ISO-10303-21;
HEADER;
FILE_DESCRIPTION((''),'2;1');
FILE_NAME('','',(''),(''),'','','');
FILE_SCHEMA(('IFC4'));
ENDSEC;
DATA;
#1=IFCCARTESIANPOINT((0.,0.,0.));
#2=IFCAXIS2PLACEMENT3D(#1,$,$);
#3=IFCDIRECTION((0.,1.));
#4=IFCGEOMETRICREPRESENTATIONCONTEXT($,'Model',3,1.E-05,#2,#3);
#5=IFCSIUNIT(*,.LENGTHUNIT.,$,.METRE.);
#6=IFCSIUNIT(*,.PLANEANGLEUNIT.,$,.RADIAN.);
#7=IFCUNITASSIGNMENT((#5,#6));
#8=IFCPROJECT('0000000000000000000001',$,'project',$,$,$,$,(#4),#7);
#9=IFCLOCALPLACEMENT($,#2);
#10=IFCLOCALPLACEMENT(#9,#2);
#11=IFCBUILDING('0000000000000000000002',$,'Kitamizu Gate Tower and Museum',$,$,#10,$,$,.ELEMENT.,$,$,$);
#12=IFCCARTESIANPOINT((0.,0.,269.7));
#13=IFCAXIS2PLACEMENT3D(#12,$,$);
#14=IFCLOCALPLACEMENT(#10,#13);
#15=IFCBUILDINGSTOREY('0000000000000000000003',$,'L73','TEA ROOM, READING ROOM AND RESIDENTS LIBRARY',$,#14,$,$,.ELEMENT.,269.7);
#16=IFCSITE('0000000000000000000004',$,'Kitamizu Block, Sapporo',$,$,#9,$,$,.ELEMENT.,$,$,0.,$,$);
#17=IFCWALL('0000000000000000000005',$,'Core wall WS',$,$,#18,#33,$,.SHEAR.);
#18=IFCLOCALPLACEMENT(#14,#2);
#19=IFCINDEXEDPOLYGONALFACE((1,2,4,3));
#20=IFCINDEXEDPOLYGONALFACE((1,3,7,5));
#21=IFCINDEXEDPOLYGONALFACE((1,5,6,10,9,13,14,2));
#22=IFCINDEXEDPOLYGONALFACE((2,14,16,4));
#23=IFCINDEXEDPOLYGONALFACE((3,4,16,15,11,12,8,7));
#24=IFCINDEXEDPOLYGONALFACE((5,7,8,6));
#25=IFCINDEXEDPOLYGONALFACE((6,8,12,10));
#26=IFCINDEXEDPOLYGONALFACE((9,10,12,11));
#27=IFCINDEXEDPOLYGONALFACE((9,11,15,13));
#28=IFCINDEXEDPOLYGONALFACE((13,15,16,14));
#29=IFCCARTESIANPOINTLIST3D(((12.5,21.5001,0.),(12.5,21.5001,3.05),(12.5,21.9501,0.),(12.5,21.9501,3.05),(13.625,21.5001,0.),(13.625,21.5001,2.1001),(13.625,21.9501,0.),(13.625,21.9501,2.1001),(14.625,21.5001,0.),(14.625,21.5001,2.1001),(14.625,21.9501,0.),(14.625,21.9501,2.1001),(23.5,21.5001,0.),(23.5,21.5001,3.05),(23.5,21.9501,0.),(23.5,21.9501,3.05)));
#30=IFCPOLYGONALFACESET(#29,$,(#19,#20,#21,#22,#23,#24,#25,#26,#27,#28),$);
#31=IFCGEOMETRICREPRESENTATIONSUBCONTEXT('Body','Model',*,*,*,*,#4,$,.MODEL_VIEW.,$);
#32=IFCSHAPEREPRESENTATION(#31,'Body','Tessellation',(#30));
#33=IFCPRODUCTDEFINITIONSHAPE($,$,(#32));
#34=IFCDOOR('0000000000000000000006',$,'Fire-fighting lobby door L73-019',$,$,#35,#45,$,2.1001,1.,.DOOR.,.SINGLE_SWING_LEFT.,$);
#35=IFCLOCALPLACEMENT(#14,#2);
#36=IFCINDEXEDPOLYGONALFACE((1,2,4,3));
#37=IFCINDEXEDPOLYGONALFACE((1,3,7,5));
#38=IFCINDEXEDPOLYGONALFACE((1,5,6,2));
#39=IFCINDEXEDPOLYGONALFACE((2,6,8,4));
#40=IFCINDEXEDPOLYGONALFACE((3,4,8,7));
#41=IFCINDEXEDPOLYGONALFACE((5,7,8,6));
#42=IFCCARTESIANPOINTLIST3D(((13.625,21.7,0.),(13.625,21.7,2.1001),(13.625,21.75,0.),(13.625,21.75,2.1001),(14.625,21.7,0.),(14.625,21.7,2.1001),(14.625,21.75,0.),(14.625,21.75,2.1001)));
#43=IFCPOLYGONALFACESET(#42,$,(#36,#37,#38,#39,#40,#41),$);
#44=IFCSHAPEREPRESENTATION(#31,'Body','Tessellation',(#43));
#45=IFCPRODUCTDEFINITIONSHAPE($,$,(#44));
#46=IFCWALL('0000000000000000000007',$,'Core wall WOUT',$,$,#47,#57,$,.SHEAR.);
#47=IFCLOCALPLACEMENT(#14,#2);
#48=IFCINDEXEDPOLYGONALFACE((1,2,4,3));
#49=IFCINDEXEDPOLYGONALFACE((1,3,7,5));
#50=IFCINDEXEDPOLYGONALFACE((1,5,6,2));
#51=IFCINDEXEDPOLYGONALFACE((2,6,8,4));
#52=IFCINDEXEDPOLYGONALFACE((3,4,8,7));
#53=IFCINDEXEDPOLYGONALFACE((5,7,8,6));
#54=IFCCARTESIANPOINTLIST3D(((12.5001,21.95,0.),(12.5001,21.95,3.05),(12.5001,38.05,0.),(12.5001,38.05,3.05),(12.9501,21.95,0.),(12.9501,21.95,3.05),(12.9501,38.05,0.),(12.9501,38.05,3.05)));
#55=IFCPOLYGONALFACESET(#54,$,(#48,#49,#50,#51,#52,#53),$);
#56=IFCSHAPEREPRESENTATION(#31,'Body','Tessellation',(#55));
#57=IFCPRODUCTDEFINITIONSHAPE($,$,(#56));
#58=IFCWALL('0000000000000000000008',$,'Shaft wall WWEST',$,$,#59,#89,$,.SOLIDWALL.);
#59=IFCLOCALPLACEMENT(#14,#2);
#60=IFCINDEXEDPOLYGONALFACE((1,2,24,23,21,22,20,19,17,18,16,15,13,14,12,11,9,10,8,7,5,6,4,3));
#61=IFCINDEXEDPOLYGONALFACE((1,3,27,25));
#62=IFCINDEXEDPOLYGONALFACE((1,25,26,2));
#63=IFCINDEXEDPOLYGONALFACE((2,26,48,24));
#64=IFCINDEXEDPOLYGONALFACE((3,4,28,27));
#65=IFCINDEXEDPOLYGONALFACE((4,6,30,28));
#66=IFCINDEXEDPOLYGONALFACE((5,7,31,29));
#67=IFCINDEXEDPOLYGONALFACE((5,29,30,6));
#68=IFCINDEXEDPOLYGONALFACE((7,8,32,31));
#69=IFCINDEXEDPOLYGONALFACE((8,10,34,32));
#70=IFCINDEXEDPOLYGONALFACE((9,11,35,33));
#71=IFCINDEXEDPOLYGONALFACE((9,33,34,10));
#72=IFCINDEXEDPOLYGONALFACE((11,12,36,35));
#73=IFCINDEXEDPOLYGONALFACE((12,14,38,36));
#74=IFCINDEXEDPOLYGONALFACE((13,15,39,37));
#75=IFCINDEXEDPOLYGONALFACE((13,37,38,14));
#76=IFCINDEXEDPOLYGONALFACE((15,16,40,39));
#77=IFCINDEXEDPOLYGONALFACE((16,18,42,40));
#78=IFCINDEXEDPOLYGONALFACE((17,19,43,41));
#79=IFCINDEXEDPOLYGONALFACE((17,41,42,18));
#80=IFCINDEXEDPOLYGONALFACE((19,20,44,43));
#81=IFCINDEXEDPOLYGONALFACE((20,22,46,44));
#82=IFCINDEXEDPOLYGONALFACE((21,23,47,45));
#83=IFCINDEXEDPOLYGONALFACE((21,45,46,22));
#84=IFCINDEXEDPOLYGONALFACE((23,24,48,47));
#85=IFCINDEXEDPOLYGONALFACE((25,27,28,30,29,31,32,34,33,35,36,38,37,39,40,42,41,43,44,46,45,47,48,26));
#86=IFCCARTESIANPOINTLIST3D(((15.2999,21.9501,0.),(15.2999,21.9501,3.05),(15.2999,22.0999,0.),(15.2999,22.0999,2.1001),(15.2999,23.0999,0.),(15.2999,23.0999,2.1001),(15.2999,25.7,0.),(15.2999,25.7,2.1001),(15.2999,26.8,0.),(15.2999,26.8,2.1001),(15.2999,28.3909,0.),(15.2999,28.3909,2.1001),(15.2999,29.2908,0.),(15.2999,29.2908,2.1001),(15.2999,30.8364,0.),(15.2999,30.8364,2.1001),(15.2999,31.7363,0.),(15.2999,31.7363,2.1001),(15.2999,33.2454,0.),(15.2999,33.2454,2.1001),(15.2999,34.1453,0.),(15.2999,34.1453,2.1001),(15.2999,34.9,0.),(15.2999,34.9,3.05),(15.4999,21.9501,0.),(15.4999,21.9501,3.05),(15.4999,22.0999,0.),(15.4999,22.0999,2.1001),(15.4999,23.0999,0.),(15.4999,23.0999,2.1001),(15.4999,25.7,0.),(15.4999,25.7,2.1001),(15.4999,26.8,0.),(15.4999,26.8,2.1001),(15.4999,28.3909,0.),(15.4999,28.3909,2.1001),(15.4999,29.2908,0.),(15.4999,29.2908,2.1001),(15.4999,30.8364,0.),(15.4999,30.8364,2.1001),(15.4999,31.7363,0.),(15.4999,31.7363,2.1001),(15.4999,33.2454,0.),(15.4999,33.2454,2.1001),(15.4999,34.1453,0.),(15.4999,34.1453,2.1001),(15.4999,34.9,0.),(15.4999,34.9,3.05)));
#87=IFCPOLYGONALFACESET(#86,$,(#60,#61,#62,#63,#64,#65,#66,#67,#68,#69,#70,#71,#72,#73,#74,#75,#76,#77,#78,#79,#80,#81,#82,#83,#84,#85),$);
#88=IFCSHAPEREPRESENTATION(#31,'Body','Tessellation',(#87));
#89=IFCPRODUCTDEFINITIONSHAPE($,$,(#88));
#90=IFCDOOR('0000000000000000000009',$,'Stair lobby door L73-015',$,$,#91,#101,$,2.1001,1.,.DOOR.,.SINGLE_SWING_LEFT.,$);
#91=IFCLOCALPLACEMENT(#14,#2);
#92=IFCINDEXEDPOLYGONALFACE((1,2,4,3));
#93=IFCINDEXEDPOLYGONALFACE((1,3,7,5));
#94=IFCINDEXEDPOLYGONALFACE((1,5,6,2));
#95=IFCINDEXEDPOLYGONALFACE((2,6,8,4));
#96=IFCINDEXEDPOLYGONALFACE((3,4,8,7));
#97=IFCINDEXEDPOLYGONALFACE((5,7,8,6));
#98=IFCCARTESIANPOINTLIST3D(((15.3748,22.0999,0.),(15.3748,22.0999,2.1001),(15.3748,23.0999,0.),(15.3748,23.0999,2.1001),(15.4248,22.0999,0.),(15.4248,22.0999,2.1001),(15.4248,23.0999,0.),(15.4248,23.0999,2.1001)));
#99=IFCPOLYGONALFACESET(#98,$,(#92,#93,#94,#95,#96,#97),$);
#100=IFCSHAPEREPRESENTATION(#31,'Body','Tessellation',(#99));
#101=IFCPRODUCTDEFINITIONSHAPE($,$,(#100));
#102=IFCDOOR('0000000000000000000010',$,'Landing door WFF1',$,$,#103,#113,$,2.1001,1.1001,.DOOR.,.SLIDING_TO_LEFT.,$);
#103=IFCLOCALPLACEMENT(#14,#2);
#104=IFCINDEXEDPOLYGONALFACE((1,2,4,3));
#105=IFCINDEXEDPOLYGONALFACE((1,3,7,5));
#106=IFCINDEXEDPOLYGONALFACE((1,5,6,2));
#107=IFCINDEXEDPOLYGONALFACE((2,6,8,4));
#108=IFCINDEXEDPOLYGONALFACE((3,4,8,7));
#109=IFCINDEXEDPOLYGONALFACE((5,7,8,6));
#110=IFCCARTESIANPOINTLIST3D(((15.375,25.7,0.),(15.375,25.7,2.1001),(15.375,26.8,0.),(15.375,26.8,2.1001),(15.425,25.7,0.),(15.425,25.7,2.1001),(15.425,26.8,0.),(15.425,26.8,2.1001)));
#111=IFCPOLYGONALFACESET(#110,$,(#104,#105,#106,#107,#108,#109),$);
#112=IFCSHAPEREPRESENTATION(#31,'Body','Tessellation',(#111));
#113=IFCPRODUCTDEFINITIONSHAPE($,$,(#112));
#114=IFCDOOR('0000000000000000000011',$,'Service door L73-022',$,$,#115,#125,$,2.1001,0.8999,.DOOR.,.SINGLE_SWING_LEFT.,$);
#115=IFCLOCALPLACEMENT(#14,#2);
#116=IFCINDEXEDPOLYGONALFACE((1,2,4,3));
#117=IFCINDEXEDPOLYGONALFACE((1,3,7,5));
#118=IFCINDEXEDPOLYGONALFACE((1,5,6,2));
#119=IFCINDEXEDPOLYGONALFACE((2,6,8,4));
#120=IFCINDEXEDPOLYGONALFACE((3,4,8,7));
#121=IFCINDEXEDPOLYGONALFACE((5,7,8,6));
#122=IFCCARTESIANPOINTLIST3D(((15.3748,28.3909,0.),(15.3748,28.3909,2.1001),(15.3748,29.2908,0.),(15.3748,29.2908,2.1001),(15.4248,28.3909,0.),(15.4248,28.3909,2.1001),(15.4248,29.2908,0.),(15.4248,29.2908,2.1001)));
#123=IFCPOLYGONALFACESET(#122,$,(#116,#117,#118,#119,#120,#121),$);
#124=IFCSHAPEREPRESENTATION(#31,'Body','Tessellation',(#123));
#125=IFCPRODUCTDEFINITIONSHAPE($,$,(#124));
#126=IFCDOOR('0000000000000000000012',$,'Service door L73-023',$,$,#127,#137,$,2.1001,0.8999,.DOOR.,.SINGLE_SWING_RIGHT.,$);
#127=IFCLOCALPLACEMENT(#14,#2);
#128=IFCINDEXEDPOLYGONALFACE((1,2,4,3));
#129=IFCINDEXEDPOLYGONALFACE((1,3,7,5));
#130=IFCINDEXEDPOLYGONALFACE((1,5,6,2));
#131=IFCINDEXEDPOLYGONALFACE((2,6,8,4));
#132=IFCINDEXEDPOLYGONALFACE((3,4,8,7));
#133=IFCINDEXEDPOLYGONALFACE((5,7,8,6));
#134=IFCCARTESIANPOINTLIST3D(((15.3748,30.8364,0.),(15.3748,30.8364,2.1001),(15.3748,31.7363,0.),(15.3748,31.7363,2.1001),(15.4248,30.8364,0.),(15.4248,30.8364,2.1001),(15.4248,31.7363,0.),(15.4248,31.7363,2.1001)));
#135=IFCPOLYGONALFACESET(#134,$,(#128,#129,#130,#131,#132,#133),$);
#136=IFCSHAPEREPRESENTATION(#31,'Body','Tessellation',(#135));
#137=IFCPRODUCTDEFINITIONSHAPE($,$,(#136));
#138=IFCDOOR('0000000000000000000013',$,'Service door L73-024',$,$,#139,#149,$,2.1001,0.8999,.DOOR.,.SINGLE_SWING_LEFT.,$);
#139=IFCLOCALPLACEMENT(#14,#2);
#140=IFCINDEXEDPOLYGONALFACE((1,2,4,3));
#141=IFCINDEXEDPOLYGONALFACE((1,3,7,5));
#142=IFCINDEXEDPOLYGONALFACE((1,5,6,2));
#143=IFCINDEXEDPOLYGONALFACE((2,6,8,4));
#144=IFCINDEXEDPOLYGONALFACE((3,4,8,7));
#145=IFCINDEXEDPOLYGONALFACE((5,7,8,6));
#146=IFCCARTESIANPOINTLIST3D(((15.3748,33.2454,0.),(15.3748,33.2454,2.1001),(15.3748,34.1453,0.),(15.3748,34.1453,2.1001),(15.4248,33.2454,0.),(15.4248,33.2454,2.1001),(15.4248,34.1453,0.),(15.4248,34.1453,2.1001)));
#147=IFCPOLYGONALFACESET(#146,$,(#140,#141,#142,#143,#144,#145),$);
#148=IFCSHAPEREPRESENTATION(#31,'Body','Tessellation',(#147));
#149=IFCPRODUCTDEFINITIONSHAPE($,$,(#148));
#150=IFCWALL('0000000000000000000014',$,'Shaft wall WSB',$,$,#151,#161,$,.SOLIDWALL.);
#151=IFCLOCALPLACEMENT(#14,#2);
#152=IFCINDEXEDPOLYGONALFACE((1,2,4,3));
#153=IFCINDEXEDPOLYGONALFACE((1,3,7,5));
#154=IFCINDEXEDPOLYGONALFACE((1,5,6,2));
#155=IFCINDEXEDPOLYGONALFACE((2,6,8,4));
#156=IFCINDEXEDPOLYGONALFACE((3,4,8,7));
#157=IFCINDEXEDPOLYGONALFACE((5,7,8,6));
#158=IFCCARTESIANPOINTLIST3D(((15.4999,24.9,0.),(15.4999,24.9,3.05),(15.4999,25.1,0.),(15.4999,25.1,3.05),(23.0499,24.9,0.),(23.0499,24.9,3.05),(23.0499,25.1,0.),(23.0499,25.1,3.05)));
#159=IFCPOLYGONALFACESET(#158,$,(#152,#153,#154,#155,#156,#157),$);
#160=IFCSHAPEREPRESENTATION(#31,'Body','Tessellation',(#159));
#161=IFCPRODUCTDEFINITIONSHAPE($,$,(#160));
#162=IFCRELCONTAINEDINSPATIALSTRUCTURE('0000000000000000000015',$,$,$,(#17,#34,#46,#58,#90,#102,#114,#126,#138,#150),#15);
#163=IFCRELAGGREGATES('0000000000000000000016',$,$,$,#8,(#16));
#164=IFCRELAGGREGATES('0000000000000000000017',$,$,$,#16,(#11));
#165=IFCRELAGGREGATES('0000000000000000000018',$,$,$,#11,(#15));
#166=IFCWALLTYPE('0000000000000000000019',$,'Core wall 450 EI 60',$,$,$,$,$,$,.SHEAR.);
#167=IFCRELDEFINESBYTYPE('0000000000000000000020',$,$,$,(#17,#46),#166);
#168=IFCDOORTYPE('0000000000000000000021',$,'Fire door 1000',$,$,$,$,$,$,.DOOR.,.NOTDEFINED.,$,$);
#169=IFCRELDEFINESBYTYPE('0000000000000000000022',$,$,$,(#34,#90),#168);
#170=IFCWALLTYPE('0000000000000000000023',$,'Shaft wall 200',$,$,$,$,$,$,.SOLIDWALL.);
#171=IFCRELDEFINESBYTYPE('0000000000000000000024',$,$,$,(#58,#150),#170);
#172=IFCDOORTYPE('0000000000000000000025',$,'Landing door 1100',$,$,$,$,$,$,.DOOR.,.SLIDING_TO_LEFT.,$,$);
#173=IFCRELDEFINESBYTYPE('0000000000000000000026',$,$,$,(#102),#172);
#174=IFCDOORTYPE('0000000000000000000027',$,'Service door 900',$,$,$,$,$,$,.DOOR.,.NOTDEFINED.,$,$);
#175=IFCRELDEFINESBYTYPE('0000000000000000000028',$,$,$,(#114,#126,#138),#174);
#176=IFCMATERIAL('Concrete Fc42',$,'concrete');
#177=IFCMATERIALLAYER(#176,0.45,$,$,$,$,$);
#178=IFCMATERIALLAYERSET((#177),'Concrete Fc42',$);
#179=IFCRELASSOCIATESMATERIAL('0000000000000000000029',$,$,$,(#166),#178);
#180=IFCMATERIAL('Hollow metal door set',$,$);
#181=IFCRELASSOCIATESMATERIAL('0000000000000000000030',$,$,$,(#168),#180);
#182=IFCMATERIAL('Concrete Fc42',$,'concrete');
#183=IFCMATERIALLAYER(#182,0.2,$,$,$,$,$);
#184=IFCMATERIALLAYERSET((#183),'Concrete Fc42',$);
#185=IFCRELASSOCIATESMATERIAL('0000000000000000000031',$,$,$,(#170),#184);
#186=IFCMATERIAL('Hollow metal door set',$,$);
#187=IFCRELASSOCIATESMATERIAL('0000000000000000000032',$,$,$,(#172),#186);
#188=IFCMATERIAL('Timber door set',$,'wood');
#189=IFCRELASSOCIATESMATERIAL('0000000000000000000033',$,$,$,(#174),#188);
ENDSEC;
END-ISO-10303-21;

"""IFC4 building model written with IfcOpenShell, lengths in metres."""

from ifc_helpers import new_model, si_unit, direction, frame, frame_2d, origin, place, context, subcontext, project, spatial, rectangle, extrude, material, layer, layer_set, type_object, element, fill, save


model = new_model("IFC4")

# Units and contexts
model_context = context("Model", 3, precision=1e-05, world=origin(), true_north=direction((0.0, 1.0)))
body_context = subcontext(model_context, "Body", "Model", "MODEL_VIEW")
ifc_project = project(units=[si_unit("LENGTHUNIT", "METRE"), si_unit("PLANEANGLEUNIT", "RADIAN")], contexts=[model_context])

# Site, building, storey
site_placement = place(None, origin())
site = spatial("IfcSite", under=ifc_project, at=site_placement, Name="Kitamizu Block, Sapporo", CompositionType="ELEMENT", RefElevation=0.0)
building_placement = place(site_placement, origin())
building = spatial("IfcBuilding", under=site, at=building_placement, Name="Kitamizu Gate Tower and Museum", CompositionType="ELEMENT")
storey_placement = place(building_placement, frame((0.0, 0.0, 269.7)))
storey = spatial("IfcBuildingStorey", under=building, at=storey_placement, Name="L73", Description="TEA ROOM, READING ROOM AND RESIDENTS LIBRARY", CompositionType="ELEMENT", Elevation=269.7)

# Wall, opening, door
ifc_material_1 = material(Name="Concrete Fc42", Category="concrete")
ifc_layer_1 = layer(ifc_material_1, 0.45)
ifc_layer_set_1 = layer_set([ifc_layer_1], Name="Concrete Fc42")
wall_type_1 = type_object("IfcWallType", Name="Core wall 450 EI 60", PredefinedType="SHEAR", material=ifc_layer_set_1)
wall_1_placement = place(storey_placement, frame((12.5, 21.7251, 0.0), z_axis=(0.0, 0.0, 1.0), x_axis=(1.0, 0.0, 0.0)))
wall_1 = element("IfcWall", 1, at=wall_1_placement, inside=storey, type_object=wall_type_1, Name="Core wall WS", PredefinedType="SHEAR", context=body_context, shape_type="SweptSolid", body=[
    extrude(rectangle(XDim=11.0, YDim=0.45, at=frame_2d((5.5, 0.0))), origin(), (0.0, 0.0, 1.0), 3.05),
])
opening_1_placement = place(wall_1_placement, frame((1.125, 0.0, 0.0)))
opening_1 = element("IfcOpeningElement", 2, at=opening_1_placement, cuts=wall_1, PredefinedType="OPENING", context=body_context, shape_type="SweptSolid", body=[
    extrude(rectangle(XDim=1.0, YDim=2.1001, at=frame_2d((0.5, 1.05))), frame((0.0, 0.2349, 0.0), z_axis=(0.0, -1.0, 0.0), x_axis=(1.0, 0.0, 0.0)), (0.0, 0.0, 1.0), 0.47),
])
ifc_material_2 = material(Name="Hollow metal door set")
door_type_1 = type_object("IfcDoorType", Name="Fire door 1000", OperationType="NOTDEFINED", PredefinedType="DOOR", material=ifc_material_2)
door_1_placement = place(opening_1_placement, origin())
door_1 = element("IfcDoor", 3, at=door_1_placement, inside=storey, type_object=door_type_1, Name="Fire-fighting lobby door L73-019", OperationType="SINGLE_SWING_LEFT", OverallHeight=2.1001, OverallWidth=1.0, PredefinedType="DOOR", context=body_context, shape_type="SweptSolid", body=[
    extrude(rectangle(XDim=1.0, YDim=2.1001, at=frame_2d((0.5, 1.05))), frame((0.0, 0.0249, 0.0), z_axis=(0.0, -1.0, 0.0), x_axis=(1.0, 0.0, 0.0)), (0.0, 0.0, 1.0), 0.05),
])
fill(opening_1, door_1)

# Wall
wall_2_placement = place(storey_placement, frame((12.7251, 21.95, 0.0), z_axis=(0.0, 0.0, 1.0), x_axis=(0.0, 1.0, 0.0)))
element("IfcWall", 4, at=wall_2_placement, inside=storey, type_object=wall_type_1, Name="Core wall WOUT", PredefinedType="SHEAR", context=body_context, shape_type="SweptSolid", body=[
    extrude(rectangle(XDim=16.1001, YDim=0.45, at=frame_2d((8.05, 0.0))), origin(), (0.0, 0.0, 1.0), 3.05),
])

# Wall, openings, doors
ifc_material_3 = material(Name="Concrete Fc42", Category="concrete")
ifc_layer_2 = layer(ifc_material_3, 0.2)
ifc_layer_set_2 = layer_set([ifc_layer_2], Name="Concrete Fc42")
wall_type_2 = type_object("IfcWallType", Name="Shaft wall 200", PredefinedType="SOLIDWALL", material=ifc_layer_set_2)
wall_3_placement = place(storey_placement, frame((15.3999, 21.95, 0.0), z_axis=(0.0, 0.0, 1.0), x_axis=(0.0, 1.0, 0.0)))
wall_3 = element("IfcWall", 5, at=wall_3_placement, inside=storey, type_object=wall_type_2, Name="Shaft wall WWEST", PredefinedType="SOLIDWALL", context=body_context, shape_type="SweptSolid", body=[
    extrude(rectangle(XDim=12.95, YDim=0.2, at=frame_2d((6.4751, 0.0))), origin(), (0.0, 0.0, 1.0), 3.05),
])
opening_2_placement = place(wall_3_placement, frame((3.75, 0.0, 0.0)))
opening_2 = element("IfcOpeningElement", 6, at=opening_2_placement, cuts=wall_3, PredefinedType="OPENING", context=body_context, shape_type="SweptSolid", body=[
    extrude(rectangle(XDim=1.1001, YDim=2.1001, at=frame_2d((0.55, 1.05))), frame((0.0, 0.1099, 0.0), z_axis=(0.0, -1.0, 0.0), x_axis=(1.0, 0.0, 0.0)), (0.0, 0.0, 1.0), 0.22),
])
opening_3_placement = place(wall_3_placement, frame((0.1499, 0.0, 0.0)))
opening_3 = element("IfcOpeningElement", 7, at=opening_3_placement, cuts=wall_3, PredefinedType="OPENING", context=body_context, shape_type="SweptSolid", body=[
    extrude(rectangle(XDim=1.0, YDim=2.1001, at=frame_2d((0.5, 1.05))), frame((0.0, 0.1099, 0.0), z_axis=(0.0, -1.0, 0.0), x_axis=(1.0, 0.0, 0.0)), (0.0, 0.0, 1.0), 0.22),
])
opening_4_placement = place(wall_3_placement, frame((6.4409, 0.0, 0.0)))
opening_4 = element("IfcOpeningElement", 8, at=opening_4_placement, cuts=wall_3, PredefinedType="OPENING", context=body_context, shape_type="SweptSolid", body=[
    extrude(rectangle(XDim=0.8999, YDim=2.1001, at=frame_2d((0.45, 1.05))), frame((0.0, 0.1099, 0.0), z_axis=(0.0, -1.0, 0.0), x_axis=(1.0, 0.0, 0.0)), (0.0, 0.0, 1.0), 0.22),
])
opening_5_placement = place(wall_3_placement, frame((8.8865, 0.0, 0.0)))
opening_5 = element("IfcOpeningElement", 9, at=opening_5_placement, cuts=wall_3, PredefinedType="OPENING", context=body_context, shape_type="SweptSolid", body=[
    extrude(rectangle(XDim=0.8999, YDim=2.1001, at=frame_2d((0.45, 1.05))), frame((0.0, 0.1099, 0.0), z_axis=(0.0, -1.0, 0.0), x_axis=(1.0, 0.0, 0.0)), (0.0, 0.0, 1.0), 0.22),
])
opening_6_placement = place(wall_3_placement, frame((11.2954, 0.0, 0.0)))
opening_6 = element("IfcOpeningElement", 10, at=opening_6_placement, cuts=wall_3, PredefinedType="OPENING", context=body_context, shape_type="SweptSolid", body=[
    extrude(rectangle(XDim=0.8999, YDim=2.1001, at=frame_2d((0.45, 1.05))), frame((0.0, 0.1099, 0.0), z_axis=(0.0, -1.0, 0.0), x_axis=(1.0, 0.0, 0.0)), (0.0, 0.0, 1.0), 0.22),
])
door_2_placement = place(opening_3_placement, frame((1.0, 0.0, 0.0), x_axis=(-1.0, 0.0, 0.0)))
door_2 = element("IfcDoor", 11, at=door_2_placement, inside=storey, type_object=door_type_1, Name="Stair lobby door L73-015", OperationType="SINGLE_SWING_LEFT", OverallHeight=2.1001, OverallWidth=1.0, PredefinedType="DOOR", context=body_context, shape_type="SweptSolid", body=[
    extrude(rectangle(XDim=1.0, YDim=2.1001, at=frame_2d((0.5, 1.05))), frame((0.0, 0.0249, 0.0), z_axis=(0.0, -1.0, 0.0), x_axis=(1.0, 0.0, 0.0)), (0.0, 0.0, 1.0), 0.05),
])
fill(opening_3, door_2)
ifc_material_4 = material(Name="Hollow metal door set")
door_type_2 = type_object("IfcDoorType", Name="Landing door 1100", OperationType="SLIDING_TO_LEFT", PredefinedType="DOOR", material=ifc_material_4)
door_3_placement = place(opening_2_placement, origin())
door_3 = element("IfcDoor", 12, at=door_3_placement, inside=storey, type_object=door_type_2, Name="Landing door WFF1", OperationType="SLIDING_TO_LEFT", OverallHeight=2.1001, OverallWidth=1.1001, PredefinedType="DOOR", context=body_context, shape_type="SweptSolid", body=[
    extrude(rectangle(XDim=1.1001, YDim=2.1001, at=frame_2d((0.55, 1.05))), frame((0.0, 0.0249, 0.0), z_axis=(0.0, -1.0, 0.0), x_axis=(1.0, 0.0, 0.0)), (0.0, 0.0, 1.0), 0.05),
])
fill(opening_2, door_3)
ifc_material_5 = material(Name="Timber door set", Category="wood")
door_type_3 = type_object("IfcDoorType", Name="Service door 900", OperationType="NOTDEFINED", PredefinedType="DOOR", material=ifc_material_5)
door_4_placement = place(opening_4_placement, frame((0.8999, 0.0, 0.0), x_axis=(-1.0, 0.0, 0.0)))
door_4 = element("IfcDoor", 13, at=door_4_placement, inside=storey, type_object=door_type_3, Name="Service door L73-022", OperationType="SINGLE_SWING_LEFT", OverallHeight=2.1001, OverallWidth=0.8999, PredefinedType="DOOR", context=body_context, shape_type="SweptSolid", body=[
    extrude(rectangle(XDim=0.8999, YDim=2.1001, at=frame_2d((0.45, 1.05))), frame((0.0, 0.0249, 0.0), z_axis=(0.0, -1.0, 0.0), x_axis=(1.0, 0.0, 0.0)), (0.0, 0.0, 1.0), 0.05),
])
fill(opening_4, door_4)
door_5_placement = place(opening_5_placement, frame((0.8999, 0.0, 0.0), x_axis=(-1.0, 0.0, 0.0)))
door_5 = element("IfcDoor", 14, at=door_5_placement, inside=storey, type_object=door_type_3, Name="Service door L73-023", OperationType="SINGLE_SWING_RIGHT", OverallHeight=2.1001, OverallWidth=0.8999, PredefinedType="DOOR", context=body_context, shape_type="SweptSolid", body=[
    extrude(rectangle(XDim=0.8999, YDim=2.1001, at=frame_2d((0.45, 1.05))), frame((0.0, 0.0249, 0.0), z_axis=(0.0, -1.0, 0.0), x_axis=(1.0, 0.0, 0.0)), (0.0, 0.0, 1.0), 0.05),
])
fill(opening_5, door_5)
door_6_placement = place(opening_6_placement, frame((0.8999, 0.0, 0.0), x_axis=(-1.0, 0.0, 0.0)))
door_6 = element("IfcDoor", 15, at=door_6_placement, inside=storey, type_object=door_type_3, Name="Service door L73-024", OperationType="SINGLE_SWING_LEFT", OverallHeight=2.1001, OverallWidth=0.8999, PredefinedType="DOOR", context=body_context, shape_type="SweptSolid", body=[
    extrude(rectangle(XDim=0.8999, YDim=2.1001, at=frame_2d((0.45, 1.05))), frame((0.0, 0.0249, 0.0), z_axis=(0.0, -1.0, 0.0), x_axis=(1.0, 0.0, 0.0)), (0.0, 0.0, 1.0), 0.05),
])
fill(opening_6, door_6)

# Wall
wall_4_placement = place(storey_placement, frame((15.5, 25.0, 0.0), z_axis=(0.0, 0.0, 1.0), x_axis=(1.0, 0.0, 0.0)))
element("IfcWall", 16, at=wall_4_placement, inside=storey, type_object=wall_type_2, Name="Shaft wall WSB", PredefinedType="SOLIDWALL", context=body_context, shape_type="SweptSolid", body=[
    extrude(rectangle(XDim=7.55, YDim=0.2, at=frame_2d((3.7749, 0.0))), origin(), (0.0, 0.0, 1.0), 3.05),
])

save(model, "model.ifc")
